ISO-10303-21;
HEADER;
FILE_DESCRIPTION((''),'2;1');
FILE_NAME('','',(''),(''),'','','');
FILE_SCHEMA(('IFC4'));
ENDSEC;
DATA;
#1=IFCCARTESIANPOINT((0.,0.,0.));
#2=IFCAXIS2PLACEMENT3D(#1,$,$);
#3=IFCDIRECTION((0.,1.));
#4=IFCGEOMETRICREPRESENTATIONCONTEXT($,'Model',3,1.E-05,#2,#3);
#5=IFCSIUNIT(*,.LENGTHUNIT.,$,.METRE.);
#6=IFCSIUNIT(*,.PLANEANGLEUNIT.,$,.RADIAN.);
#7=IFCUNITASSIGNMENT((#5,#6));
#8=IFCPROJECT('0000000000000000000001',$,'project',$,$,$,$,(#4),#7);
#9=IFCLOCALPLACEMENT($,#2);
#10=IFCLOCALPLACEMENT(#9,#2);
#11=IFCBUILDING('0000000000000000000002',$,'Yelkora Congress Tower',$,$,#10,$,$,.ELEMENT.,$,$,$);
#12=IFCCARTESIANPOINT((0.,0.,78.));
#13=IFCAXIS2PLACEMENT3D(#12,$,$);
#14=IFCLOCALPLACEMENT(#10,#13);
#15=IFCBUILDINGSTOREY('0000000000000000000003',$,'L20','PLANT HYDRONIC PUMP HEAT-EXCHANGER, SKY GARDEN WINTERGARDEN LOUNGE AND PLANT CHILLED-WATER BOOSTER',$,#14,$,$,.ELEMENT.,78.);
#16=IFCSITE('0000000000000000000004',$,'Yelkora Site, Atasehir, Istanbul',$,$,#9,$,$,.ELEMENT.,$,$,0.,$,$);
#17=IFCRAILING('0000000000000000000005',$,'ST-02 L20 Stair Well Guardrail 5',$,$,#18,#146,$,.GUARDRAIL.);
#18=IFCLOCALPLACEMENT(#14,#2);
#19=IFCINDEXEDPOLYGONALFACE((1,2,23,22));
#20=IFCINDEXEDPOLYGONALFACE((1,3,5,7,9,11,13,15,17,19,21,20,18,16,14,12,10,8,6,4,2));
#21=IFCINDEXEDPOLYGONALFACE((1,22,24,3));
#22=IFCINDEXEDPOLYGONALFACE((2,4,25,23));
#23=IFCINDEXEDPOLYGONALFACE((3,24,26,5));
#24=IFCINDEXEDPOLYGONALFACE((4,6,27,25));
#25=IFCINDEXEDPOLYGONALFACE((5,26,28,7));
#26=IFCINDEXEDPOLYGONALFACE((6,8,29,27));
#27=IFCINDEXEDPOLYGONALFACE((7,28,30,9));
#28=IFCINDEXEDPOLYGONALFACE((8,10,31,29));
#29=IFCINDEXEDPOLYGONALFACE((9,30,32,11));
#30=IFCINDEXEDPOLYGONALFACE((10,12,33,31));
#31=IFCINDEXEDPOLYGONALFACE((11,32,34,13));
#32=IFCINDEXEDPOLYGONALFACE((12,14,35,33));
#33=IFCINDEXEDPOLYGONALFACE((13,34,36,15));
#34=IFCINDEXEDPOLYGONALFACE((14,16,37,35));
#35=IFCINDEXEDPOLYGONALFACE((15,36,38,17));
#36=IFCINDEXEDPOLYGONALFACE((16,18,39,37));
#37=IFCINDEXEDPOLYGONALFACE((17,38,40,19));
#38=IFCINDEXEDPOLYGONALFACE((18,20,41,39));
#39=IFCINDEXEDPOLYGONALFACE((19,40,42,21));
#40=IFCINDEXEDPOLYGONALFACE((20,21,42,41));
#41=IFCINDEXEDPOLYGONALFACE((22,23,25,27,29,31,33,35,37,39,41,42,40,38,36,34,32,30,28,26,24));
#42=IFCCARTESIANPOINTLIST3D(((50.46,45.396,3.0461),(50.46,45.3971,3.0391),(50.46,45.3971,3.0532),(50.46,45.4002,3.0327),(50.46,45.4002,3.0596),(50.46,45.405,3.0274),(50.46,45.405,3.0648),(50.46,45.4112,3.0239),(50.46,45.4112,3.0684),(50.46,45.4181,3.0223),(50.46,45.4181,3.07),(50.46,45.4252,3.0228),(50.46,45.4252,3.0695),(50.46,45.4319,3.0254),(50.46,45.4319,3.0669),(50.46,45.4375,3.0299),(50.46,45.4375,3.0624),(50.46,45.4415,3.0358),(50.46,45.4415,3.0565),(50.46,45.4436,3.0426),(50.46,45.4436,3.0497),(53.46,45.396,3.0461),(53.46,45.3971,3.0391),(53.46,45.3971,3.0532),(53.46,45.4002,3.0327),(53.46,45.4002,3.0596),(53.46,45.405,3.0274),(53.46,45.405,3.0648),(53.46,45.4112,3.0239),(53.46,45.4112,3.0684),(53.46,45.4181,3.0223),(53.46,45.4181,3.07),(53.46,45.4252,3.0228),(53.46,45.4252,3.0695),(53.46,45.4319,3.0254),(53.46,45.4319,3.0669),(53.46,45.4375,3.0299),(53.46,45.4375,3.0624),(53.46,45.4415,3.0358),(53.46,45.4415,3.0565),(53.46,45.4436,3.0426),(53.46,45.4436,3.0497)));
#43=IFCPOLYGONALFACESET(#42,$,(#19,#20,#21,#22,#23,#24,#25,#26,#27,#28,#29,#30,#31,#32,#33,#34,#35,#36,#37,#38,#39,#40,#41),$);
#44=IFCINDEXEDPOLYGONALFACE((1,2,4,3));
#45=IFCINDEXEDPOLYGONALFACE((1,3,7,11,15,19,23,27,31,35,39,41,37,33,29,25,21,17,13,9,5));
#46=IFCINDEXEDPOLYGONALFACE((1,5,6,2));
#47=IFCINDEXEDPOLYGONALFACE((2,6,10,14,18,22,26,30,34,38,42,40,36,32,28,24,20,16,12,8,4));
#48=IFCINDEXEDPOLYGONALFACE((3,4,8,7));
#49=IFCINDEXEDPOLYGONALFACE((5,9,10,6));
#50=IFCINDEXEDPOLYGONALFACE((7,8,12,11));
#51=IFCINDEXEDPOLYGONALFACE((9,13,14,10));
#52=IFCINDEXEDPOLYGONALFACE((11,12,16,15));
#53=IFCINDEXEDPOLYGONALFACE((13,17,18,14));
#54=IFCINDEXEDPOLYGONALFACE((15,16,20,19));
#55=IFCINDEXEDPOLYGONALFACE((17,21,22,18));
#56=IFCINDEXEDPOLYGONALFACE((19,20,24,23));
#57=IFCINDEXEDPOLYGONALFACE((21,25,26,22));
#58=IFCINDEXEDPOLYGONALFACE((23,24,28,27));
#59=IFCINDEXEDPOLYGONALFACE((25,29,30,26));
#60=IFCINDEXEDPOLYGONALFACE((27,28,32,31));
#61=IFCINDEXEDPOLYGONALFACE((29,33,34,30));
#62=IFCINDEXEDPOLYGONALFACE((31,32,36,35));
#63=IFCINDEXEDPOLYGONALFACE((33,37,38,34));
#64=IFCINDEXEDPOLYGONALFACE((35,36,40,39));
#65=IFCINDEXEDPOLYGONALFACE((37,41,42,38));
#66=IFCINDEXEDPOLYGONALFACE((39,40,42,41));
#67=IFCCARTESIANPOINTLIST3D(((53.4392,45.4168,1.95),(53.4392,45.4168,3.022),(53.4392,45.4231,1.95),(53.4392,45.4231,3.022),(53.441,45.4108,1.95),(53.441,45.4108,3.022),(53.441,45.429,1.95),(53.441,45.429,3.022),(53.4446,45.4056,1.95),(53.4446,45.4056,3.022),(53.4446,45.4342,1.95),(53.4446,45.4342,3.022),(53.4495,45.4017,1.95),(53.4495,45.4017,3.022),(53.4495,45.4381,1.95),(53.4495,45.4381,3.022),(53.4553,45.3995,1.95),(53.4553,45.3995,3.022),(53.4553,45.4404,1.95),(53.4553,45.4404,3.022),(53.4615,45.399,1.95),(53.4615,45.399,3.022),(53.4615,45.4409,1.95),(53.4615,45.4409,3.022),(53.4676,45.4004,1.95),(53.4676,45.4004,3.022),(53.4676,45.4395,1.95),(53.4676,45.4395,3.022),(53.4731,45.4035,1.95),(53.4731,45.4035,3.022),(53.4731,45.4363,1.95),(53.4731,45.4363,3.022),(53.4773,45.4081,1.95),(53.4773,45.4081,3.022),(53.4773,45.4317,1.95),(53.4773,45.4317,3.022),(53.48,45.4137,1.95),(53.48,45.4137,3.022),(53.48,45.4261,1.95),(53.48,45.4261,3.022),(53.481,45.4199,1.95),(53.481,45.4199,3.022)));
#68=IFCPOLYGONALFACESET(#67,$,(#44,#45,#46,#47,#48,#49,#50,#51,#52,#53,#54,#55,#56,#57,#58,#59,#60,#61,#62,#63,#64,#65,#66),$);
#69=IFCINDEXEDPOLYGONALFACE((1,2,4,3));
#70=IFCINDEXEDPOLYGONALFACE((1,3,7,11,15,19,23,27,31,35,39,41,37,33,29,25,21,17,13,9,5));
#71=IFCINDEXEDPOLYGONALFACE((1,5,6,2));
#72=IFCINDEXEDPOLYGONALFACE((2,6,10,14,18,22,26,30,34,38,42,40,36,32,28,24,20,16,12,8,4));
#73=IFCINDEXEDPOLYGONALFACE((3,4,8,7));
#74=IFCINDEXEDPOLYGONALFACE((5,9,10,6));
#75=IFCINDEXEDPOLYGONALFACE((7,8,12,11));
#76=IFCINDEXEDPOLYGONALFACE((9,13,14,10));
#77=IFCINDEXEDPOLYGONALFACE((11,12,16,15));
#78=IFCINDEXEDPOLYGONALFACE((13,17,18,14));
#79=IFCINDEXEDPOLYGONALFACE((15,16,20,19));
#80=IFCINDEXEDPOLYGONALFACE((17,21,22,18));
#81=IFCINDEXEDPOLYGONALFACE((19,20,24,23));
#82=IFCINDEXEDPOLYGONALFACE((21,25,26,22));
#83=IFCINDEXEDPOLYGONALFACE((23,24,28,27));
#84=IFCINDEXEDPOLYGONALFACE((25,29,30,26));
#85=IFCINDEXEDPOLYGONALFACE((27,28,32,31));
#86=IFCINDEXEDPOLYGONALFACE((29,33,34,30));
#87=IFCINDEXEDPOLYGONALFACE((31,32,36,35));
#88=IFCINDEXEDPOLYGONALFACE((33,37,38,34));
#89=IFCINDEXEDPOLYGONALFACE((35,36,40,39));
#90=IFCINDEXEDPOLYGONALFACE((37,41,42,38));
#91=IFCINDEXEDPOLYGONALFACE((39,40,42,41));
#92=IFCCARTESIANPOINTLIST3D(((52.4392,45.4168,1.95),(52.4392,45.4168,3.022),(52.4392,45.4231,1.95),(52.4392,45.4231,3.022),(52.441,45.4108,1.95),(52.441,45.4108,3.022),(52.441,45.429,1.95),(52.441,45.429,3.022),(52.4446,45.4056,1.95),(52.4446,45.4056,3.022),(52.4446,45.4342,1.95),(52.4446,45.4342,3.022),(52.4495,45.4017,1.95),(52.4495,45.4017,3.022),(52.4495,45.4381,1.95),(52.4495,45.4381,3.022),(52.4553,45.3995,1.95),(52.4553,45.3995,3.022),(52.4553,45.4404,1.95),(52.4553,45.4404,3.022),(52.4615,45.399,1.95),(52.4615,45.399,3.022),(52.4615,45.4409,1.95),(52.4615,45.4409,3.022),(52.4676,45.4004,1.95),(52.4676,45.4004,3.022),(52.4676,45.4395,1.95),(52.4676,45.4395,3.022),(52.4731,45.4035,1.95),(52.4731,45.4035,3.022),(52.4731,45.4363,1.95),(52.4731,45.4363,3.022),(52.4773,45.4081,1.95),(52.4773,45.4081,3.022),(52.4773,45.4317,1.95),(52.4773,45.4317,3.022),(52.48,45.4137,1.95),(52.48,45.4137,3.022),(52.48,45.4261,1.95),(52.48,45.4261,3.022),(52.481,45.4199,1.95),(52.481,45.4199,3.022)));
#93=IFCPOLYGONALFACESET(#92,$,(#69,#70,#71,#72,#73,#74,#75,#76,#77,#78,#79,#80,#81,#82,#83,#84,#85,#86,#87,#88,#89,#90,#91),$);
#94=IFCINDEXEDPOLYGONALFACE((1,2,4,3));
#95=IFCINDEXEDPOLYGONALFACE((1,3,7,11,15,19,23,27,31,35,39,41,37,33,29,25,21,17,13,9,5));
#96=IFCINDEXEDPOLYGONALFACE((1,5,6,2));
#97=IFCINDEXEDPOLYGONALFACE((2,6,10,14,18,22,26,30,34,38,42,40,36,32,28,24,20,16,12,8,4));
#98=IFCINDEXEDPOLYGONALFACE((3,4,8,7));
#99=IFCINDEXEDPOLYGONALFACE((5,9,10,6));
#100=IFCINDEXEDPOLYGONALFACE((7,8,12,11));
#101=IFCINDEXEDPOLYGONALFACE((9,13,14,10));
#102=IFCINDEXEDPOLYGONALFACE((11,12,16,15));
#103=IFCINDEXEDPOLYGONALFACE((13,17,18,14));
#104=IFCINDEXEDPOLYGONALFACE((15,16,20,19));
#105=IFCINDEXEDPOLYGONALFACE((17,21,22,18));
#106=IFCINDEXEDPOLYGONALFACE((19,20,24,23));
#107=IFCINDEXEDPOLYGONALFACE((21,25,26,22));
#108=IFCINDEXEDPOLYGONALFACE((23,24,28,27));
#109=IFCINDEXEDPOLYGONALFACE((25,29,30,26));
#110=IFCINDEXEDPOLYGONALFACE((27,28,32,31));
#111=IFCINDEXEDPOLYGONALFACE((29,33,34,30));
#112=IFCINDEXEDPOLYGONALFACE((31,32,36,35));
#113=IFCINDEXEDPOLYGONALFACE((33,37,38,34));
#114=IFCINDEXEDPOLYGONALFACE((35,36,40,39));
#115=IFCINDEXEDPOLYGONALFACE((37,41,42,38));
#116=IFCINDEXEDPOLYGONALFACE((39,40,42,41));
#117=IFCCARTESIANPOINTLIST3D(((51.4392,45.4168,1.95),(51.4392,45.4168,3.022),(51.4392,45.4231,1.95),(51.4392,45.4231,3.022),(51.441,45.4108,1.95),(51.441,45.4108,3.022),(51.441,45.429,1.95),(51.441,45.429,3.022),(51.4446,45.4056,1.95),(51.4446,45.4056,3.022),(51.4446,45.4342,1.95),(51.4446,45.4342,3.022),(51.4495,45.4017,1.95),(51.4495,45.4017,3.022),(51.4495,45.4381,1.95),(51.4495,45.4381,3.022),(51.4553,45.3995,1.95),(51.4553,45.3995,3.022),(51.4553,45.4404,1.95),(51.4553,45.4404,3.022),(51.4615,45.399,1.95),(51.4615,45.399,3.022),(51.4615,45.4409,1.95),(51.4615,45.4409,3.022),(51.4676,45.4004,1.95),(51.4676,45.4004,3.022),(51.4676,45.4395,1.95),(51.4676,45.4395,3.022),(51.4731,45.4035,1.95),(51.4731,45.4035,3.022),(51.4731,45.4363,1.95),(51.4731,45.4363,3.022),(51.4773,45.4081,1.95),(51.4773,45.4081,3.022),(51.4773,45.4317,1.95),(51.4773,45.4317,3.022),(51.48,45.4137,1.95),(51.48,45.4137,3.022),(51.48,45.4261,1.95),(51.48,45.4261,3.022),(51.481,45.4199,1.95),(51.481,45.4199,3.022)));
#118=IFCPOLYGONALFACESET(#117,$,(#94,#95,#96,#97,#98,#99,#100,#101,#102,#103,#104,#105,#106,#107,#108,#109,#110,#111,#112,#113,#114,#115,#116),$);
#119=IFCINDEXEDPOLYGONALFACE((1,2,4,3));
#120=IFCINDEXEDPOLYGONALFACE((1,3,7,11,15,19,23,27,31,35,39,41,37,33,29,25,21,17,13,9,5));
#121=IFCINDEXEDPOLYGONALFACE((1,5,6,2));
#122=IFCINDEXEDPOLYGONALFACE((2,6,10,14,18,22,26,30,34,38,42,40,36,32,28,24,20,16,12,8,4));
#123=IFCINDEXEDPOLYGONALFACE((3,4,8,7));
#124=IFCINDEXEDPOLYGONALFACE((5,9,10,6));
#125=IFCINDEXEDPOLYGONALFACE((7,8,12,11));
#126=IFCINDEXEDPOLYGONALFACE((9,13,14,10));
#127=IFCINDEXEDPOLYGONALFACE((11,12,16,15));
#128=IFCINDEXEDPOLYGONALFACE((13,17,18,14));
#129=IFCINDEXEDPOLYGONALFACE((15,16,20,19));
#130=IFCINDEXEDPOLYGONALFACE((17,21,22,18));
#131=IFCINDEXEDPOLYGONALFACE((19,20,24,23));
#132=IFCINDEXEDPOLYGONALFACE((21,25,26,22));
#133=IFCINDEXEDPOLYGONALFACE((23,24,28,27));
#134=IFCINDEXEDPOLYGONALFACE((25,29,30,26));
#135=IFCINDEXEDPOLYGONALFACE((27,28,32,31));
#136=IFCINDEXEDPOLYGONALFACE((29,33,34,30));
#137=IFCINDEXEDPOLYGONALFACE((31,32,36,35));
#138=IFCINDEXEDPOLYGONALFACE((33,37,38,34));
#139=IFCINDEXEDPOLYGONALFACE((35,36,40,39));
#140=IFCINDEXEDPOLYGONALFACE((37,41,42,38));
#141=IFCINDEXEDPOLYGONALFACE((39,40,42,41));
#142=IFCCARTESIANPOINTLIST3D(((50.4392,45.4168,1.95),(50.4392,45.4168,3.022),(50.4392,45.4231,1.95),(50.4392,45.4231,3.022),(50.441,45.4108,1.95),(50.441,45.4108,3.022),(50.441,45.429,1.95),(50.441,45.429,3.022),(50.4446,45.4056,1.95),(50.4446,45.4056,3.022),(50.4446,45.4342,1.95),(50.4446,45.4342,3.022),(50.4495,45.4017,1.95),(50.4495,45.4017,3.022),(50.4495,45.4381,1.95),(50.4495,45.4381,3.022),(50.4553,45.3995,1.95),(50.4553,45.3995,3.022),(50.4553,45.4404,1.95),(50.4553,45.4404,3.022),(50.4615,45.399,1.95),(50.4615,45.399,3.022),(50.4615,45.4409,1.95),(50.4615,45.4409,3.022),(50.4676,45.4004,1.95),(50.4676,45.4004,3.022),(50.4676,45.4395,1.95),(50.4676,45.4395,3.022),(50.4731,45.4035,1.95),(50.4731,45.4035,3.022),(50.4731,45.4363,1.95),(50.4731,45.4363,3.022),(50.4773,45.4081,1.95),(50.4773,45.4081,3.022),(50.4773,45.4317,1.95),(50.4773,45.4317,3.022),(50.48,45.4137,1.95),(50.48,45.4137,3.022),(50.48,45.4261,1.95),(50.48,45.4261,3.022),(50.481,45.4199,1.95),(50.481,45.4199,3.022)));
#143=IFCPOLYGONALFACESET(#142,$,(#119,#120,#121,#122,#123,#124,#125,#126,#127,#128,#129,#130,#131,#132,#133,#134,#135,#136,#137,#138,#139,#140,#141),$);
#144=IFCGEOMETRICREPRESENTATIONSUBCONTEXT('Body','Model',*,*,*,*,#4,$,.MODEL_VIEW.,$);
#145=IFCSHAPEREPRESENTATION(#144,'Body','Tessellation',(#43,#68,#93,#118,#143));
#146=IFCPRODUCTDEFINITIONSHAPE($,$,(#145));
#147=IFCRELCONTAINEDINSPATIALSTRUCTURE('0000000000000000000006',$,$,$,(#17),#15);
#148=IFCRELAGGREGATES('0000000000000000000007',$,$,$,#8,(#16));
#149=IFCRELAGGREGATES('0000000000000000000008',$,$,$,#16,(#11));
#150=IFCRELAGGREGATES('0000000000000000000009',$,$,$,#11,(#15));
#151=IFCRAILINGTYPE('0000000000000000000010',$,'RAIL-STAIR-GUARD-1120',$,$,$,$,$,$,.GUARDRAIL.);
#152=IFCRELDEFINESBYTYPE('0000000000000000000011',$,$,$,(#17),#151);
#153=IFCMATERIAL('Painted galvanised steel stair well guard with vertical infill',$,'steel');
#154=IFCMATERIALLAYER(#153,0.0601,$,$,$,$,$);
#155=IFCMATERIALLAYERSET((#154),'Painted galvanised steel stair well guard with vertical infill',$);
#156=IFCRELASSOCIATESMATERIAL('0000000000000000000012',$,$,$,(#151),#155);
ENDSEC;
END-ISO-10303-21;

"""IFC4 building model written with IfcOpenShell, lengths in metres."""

from ifc_helpers import new_model, si_unit, direction, frame, origin, origin_2d, place, context, subcontext, project, spatial, circle, extrude, material, layer, layer_set, type_object, element, save


model = new_model("IFC4")

# Units and contexts
model_context = context("Model", 3, precision=1e-05, world=origin(), true_north=direction((0.0, 1.0)))
body_context = subcontext(model_context, "Body", "Model", "MODEL_VIEW")
ifc_project = project(units=[si_unit("LENGTHUNIT", "METRE"), si_unit("PLANEANGLEUNIT", "RADIAN")], contexts=[model_context])

# Site, building, storey
site_placement = place(None, origin())
site = spatial("IfcSite", under=ifc_project, at=site_placement, Name="Yelkora Site, Atasehir, Istanbul", CompositionType="ELEMENT", RefElevation=0.0)
building_placement = place(site_placement, origin())
building = spatial("IfcBuilding", under=site, at=building_placement, Name="Yelkora Congress Tower", CompositionType="ELEMENT")
storey_placement = place(building_placement, frame((0.0, 0.0, 78.0)))
storey = spatial("IfcBuildingStorey", under=building, at=storey_placement, Name="L20", Description="PLANT HYDRONIC PUMP HEAT-EXCHANGER, SKY GARDEN WINTERGARDEN LOUNGE AND PLANT CHILLED-WATER BOOSTER", CompositionType="ELEMENT", Elevation=78.0)

# Railing
ifc_material_1 = material(Name="Painted galvanised steel stair well guard with vertical infill", Category="steel")
ifc_layer_1 = layer(ifc_material_1, 0.0601)
ifc_layer_set_1 = layer_set([ifc_layer_1], Name="Painted galvanised steel stair well guard with vertical infill")
railing_type_1 = type_object("IfcRailingType", Name="RAIL-STAIR-GUARD-1120", PredefinedType="GUARDRAIL", material=ifc_layer_set_1)
railing_1_placement = place(storey_placement, frame((53.46, 45.4199, 1.95)))
element("IfcRailing", 1, at=railing_1_placement, inside=storey, type_object=railing_type_1, Name="ST-02 L20 Stair Well Guardrail 5", PredefinedType="GUARDRAIL", context=body_context, shape_type="SweptSolid", body=[
    extrude(circle(Radius=0.0239, at=origin_2d()), frame((0.0, 0.0, 1.0962), z_axis=(-1.0, 0.0, 0.0), x_axis=(0.0, -1.0, 0.0)), (0.0, 0.0, 1.0), 3.0),
    extrude(circle(Radius=0.021, at=origin_2d()), origin(), (0.0, 0.0, 1.0), 1.072),
    extrude(circle(Radius=0.021, at=origin_2d()), frame((-1.0, 0.0, 0.0)), (0.0, 0.0, 1.0), 1.072),
    extrude(circle(Radius=0.021, at=origin_2d()), frame((-2.0, 0.0, 0.0)), (0.0, 0.0, 1.0), 1.072),
    extrude(circle(Radius=0.021, at=origin_2d()), frame((-3.0, 0.0, 0.0)), (0.0, 0.0, 1.0), 1.072),
])

save(model, "model.ifc")
